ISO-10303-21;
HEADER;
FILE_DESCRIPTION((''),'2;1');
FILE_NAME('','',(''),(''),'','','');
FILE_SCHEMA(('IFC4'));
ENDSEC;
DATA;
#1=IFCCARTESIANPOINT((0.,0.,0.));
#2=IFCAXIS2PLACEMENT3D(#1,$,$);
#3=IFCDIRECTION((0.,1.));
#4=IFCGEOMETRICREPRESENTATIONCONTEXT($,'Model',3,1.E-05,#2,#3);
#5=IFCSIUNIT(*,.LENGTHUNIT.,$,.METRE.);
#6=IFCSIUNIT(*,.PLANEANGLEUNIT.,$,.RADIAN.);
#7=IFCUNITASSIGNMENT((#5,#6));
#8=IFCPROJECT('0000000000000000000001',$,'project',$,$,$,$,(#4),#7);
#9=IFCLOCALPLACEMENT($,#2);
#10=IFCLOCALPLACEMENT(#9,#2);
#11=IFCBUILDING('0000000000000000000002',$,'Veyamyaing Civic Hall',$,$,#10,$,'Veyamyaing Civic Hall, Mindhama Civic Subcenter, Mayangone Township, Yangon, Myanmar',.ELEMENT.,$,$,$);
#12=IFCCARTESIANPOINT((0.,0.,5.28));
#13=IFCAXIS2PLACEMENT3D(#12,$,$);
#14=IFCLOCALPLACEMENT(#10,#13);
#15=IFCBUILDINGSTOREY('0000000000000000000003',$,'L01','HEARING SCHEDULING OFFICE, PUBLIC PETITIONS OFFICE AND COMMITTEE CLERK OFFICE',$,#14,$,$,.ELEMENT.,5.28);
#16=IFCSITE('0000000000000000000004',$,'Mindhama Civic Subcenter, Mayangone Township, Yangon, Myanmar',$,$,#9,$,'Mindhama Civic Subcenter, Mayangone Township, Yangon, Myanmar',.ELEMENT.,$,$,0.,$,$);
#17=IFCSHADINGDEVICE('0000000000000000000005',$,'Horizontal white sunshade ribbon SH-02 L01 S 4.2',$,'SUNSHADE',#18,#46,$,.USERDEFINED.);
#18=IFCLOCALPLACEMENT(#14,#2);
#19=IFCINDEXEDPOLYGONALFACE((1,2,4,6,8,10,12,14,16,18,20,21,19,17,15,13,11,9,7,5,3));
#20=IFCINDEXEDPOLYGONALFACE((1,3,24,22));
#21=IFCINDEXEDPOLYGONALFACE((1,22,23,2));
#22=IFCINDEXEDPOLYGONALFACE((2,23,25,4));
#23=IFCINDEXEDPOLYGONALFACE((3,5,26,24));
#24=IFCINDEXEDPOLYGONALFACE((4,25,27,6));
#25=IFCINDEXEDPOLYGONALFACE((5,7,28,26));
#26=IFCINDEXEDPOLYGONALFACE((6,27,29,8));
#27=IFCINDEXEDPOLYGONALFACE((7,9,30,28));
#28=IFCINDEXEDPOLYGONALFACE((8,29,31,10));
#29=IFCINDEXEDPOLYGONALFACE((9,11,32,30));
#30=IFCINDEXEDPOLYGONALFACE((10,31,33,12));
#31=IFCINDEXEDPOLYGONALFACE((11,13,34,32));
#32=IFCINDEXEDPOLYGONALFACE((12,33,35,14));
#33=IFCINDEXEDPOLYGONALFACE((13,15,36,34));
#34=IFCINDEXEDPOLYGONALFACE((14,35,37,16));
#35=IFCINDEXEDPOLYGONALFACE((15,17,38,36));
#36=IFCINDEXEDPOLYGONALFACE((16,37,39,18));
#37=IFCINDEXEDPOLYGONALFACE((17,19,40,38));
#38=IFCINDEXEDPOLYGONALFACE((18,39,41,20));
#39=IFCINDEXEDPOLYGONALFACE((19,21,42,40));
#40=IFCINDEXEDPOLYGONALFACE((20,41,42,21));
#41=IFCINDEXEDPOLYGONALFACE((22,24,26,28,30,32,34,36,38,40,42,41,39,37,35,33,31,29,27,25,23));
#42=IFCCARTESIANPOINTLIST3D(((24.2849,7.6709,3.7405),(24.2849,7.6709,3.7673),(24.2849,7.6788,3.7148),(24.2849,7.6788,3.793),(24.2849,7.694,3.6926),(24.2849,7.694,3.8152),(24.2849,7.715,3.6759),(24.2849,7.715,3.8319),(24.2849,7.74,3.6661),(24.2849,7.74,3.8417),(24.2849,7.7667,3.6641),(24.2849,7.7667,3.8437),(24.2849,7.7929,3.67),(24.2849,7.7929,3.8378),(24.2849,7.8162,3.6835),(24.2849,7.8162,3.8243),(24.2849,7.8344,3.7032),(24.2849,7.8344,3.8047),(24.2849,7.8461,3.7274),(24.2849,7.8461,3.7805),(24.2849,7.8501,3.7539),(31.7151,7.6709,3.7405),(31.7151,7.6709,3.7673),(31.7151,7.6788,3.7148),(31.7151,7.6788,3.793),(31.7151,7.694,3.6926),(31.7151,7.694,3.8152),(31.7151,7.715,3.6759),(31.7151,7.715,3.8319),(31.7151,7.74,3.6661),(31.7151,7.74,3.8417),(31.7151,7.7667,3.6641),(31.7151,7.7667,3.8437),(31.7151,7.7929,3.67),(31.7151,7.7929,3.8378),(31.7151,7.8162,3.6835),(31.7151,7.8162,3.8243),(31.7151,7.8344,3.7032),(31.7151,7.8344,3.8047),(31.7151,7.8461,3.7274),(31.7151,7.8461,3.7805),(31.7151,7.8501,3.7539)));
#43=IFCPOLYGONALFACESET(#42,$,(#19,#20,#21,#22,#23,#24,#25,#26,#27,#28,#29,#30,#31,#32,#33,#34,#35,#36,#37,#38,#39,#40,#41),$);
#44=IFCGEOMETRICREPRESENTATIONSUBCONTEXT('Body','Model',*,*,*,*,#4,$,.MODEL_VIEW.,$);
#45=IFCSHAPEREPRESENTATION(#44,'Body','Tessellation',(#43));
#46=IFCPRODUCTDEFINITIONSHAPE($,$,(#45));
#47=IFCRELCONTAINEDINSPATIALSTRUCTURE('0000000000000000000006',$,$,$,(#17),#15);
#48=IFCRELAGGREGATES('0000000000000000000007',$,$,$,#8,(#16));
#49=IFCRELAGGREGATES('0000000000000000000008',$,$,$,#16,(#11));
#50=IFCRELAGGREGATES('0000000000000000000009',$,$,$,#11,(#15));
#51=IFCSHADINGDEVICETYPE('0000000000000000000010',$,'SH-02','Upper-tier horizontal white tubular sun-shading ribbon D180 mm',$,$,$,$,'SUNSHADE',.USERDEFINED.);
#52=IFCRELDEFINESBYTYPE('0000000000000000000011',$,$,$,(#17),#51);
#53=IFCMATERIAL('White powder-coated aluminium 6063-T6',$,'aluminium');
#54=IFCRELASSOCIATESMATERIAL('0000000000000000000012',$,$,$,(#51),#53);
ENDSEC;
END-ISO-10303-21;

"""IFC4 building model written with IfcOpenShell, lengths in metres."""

from ifc_helpers import new_model, si_unit, direction, frame, origin, origin_2d, place, context, subcontext, project, spatial, circle, extrude, material, material_profile, profile_set, type_object, element, save


model = new_model("IFC4")

# Units and contexts
model_context = context("Model", 3, precision=1e-05, world=origin(), true_north=direction((0.0, 1.0)))
body_context = subcontext(model_context, "Body", "Model", "MODEL_VIEW")
ifc_project = project(units=[si_unit("LENGTHUNIT", "METRE"), si_unit("PLANEANGLEUNIT", "RADIAN")], contexts=[model_context])

# Site, building, storey
site_placement = place(None, origin())
site = spatial("IfcSite", under=ifc_project, at=site_placement, Name="Mindhama Civic Subcenter, Mayangone Township, Yangon, Myanmar", LongName="Mindhama Civic Subcenter, Mayangone Township, Yangon, Myanmar", CompositionType="ELEMENT", RefElevation=0.0)
building_placement = place(site_placement, origin())
building = spatial("IfcBuilding", under=site, at=building_placement, Name="Veyamyaing Civic Hall", LongName="Veyamyaing Civic Hall, Mindhama Civic Subcenter, Mayangone Township, Yangon, Myanmar", CompositionType="ELEMENT")
storey_placement = place(building_placement, frame((0.0, 0.0, 5.28)))
storey = spatial("IfcBuildingStorey", under=building, at=storey_placement, Name="L01", Description="HEARING SCHEDULING OFFICE, PUBLIC PETITIONS OFFICE AND COMMITTEE CLERK OFFICE", CompositionType="ELEMENT", Elevation=5.28)

# Shading device
ifc_material_1 = material(Name="White powder-coated aluminium 6063-T6", Category="aluminium")
ifc_material_profile_1 = material_profile(ifc_material_1, circle(Radius=0.0901, at=origin_2d()), Name="SHADE-TUBE-180")
ifc_profile_set_1 = profile_set([ifc_material_profile_1], Name="White powder-coated aluminium 6063-T6")
shading_device_type = type_object("IfcShadingDeviceType", Name="SH-02", Description="Upper-tier horizontal white tubular sun-shading ribbon D180 mm", ElementType="SUNSHADE", PredefinedType="USERDEFINED", material=ifc_profile_set_1)
shading_device_placement = place(storey_placement, frame((24.2849, 7.76, 3.7539), z_axis=(1.0, 0.0, 0.0), x_axis=(0.0, 1.0, 0.0)))
element("IfcShadingDevice", 1, at=shading_device_placement, inside=storey, type_object=shading_device_type, Name="Horizontal white sunshade ribbon SH-02 L01 S 4.2", ObjectType="SUNSHADE", PredefinedType="USERDEFINED", context=body_context, shape_type="SweptSolid", body=[
    extrude(circle(Radius=0.0901, at=origin_2d()), origin(), (0.0, 0.0, 1.0), 7.4302),
])

save(model, "model.ifc")
